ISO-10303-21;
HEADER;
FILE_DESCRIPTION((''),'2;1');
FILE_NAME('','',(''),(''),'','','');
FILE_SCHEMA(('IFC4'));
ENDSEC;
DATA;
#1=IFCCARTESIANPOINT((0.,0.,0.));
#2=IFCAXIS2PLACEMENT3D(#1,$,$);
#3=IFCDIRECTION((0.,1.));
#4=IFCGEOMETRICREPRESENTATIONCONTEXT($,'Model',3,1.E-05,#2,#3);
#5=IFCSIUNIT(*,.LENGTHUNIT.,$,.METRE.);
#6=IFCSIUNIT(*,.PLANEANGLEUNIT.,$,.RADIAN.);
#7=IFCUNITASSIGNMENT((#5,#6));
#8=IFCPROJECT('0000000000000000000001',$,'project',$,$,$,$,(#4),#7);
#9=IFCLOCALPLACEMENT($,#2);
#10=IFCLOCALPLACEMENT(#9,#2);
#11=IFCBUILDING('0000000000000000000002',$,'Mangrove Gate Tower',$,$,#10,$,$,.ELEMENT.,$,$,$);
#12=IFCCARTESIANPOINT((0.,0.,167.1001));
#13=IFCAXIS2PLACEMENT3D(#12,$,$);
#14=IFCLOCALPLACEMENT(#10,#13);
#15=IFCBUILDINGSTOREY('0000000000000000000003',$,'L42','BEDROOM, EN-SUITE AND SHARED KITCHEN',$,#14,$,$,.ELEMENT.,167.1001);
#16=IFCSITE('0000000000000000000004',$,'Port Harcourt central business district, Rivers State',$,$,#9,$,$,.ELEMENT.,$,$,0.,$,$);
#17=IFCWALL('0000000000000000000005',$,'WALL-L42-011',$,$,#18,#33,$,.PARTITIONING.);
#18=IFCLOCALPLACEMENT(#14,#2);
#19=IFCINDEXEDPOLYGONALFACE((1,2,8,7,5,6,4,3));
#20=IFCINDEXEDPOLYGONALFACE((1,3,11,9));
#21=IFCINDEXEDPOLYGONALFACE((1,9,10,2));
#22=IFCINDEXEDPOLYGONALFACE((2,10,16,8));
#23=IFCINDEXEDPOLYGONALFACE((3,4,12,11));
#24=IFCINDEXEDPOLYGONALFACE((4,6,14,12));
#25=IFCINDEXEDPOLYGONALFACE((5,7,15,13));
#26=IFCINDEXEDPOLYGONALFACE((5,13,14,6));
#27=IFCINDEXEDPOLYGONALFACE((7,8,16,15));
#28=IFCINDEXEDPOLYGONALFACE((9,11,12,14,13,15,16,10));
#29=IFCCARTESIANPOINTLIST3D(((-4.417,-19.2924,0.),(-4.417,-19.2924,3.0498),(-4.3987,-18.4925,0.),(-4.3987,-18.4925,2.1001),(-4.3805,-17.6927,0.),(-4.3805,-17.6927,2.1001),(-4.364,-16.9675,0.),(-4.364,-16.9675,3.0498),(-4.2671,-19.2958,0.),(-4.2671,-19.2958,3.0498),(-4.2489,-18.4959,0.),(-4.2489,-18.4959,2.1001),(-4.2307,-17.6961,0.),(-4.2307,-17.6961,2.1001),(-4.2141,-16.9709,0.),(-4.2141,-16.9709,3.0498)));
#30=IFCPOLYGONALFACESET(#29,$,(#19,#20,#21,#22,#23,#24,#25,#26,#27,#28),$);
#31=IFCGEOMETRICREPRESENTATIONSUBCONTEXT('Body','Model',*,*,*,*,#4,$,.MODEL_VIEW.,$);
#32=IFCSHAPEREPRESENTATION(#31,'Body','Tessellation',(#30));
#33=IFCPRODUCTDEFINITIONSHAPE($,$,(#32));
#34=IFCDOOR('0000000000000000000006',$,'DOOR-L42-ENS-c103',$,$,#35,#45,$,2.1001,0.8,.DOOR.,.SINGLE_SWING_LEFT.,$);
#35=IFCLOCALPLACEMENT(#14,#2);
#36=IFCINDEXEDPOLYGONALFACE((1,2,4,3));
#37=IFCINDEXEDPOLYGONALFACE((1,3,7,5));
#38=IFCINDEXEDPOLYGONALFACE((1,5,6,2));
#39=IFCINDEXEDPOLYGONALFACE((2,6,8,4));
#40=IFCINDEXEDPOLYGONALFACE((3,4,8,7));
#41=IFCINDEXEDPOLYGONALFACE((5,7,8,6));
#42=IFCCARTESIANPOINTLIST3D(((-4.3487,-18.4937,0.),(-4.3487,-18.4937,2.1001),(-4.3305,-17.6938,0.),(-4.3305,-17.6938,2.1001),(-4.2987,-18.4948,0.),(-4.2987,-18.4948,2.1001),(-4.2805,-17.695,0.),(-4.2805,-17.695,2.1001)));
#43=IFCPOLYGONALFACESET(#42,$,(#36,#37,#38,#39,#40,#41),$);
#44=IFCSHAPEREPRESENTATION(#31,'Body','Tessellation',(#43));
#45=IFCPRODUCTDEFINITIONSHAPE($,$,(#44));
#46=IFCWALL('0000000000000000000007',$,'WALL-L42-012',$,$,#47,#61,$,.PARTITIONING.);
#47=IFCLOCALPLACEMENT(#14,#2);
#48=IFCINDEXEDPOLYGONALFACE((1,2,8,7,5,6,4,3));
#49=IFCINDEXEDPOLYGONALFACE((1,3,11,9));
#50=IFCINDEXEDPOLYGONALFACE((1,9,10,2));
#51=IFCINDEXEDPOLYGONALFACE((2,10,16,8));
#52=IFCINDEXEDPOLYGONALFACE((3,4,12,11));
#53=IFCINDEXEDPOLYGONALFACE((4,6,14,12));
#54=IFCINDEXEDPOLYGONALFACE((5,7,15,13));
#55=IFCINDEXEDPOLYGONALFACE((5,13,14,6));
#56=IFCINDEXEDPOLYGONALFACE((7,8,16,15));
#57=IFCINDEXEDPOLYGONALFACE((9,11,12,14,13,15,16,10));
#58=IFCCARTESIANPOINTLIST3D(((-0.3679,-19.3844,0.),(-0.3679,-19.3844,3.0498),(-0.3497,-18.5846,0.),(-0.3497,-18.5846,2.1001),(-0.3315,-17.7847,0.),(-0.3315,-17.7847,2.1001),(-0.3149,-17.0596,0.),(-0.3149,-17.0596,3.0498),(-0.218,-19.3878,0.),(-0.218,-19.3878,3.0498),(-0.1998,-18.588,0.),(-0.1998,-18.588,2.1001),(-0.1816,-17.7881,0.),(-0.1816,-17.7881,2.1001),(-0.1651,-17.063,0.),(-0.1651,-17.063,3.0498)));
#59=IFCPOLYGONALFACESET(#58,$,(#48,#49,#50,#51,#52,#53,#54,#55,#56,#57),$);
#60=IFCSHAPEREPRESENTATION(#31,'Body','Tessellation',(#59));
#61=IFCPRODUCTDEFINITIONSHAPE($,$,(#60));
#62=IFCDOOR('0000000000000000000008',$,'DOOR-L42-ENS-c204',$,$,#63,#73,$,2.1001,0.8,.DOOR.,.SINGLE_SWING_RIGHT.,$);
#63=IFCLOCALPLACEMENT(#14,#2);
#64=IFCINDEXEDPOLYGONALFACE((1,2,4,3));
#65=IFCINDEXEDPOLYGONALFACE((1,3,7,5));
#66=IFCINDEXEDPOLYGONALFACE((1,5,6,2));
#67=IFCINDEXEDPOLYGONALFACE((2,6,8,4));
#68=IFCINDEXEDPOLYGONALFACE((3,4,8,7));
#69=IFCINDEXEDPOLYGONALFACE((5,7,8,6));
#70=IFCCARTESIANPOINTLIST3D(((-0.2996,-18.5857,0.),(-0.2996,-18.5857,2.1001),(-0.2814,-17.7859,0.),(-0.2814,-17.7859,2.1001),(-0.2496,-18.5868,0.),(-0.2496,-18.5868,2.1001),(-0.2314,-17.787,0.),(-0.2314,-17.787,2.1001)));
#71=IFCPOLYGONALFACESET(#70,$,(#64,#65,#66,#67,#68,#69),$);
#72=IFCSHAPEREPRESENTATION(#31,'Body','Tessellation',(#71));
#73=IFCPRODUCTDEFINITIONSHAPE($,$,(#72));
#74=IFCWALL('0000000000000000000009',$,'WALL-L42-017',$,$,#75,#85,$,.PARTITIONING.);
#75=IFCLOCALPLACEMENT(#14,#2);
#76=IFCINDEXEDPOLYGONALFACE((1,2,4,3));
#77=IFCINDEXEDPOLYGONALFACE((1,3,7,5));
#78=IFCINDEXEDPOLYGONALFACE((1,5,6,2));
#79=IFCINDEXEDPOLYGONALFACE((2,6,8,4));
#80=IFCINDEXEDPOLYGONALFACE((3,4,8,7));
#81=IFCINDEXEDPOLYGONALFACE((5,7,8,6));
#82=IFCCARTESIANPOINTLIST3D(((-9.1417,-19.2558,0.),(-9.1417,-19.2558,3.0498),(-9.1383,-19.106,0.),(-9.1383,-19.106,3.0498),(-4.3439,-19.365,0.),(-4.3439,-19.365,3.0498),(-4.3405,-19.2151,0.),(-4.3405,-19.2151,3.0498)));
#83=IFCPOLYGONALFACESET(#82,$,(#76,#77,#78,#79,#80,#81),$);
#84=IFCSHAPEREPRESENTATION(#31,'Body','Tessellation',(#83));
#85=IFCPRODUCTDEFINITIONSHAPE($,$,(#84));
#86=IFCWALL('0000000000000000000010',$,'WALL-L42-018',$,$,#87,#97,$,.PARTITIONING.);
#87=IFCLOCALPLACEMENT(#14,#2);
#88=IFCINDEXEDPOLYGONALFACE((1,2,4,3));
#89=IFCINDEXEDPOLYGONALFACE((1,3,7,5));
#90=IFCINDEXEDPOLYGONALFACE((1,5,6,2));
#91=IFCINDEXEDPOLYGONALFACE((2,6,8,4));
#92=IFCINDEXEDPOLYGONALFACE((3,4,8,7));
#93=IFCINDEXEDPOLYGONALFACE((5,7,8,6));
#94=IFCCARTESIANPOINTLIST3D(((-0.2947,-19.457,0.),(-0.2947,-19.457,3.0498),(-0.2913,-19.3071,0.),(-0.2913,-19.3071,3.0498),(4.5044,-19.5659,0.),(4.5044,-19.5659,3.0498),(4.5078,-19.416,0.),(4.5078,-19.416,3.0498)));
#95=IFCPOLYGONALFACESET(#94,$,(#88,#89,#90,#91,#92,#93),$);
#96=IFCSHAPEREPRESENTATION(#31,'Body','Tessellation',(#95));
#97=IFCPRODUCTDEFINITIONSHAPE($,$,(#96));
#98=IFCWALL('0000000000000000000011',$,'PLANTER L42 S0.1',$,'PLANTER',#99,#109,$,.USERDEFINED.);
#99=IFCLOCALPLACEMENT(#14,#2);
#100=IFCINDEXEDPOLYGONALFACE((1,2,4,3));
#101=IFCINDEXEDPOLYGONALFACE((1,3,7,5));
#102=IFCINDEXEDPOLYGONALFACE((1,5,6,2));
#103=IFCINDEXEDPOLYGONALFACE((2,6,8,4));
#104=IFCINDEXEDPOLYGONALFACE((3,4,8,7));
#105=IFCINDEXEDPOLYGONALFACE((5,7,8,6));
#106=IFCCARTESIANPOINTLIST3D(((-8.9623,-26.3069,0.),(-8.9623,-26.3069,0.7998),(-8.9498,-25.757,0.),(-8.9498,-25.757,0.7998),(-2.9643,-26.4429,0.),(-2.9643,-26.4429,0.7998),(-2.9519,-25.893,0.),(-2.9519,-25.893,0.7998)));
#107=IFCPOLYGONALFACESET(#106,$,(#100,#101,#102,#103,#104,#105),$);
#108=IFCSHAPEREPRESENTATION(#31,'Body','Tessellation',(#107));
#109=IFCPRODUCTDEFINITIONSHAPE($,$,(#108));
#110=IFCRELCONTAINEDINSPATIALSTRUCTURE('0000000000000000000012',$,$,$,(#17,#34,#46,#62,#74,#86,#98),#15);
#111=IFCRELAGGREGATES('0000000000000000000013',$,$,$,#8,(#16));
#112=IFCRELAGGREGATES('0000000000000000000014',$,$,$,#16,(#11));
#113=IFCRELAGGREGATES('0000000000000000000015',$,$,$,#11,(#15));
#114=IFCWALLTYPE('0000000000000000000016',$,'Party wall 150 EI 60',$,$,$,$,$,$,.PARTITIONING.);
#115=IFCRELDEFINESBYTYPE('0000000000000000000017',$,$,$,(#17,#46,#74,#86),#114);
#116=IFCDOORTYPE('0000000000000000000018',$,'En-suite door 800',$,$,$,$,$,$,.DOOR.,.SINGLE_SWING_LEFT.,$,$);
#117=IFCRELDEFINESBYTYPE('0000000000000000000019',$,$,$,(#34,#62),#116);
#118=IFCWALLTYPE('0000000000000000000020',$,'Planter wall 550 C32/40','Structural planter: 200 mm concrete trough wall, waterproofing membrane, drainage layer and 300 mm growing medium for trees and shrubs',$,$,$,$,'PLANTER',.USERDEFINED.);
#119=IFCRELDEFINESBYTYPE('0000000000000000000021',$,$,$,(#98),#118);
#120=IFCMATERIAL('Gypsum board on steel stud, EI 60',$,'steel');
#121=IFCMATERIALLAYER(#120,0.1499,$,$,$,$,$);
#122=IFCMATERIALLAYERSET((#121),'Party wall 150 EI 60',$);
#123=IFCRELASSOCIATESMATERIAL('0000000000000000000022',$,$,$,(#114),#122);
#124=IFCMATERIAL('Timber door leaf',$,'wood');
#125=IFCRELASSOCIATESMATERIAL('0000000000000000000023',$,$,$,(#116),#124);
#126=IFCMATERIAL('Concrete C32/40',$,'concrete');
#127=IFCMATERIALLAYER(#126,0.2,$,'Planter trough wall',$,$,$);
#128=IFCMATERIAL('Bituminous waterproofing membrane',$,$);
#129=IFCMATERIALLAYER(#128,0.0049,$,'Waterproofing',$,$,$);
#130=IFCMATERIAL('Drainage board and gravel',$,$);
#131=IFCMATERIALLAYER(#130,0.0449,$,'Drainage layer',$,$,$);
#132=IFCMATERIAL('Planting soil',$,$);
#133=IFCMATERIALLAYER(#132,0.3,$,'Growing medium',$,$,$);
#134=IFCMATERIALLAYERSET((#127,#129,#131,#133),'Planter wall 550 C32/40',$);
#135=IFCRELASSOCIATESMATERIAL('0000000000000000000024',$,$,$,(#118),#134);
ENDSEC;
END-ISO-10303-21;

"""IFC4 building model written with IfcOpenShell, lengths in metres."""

from ifc_helpers import new_model, si_unit, direction, frame, frame_2d, origin, place, context, subcontext, project, spatial, rectangle, extrude, material, layer, layer_set, type_object, element, fill, save


model = new_model("IFC4")

# Units and contexts
model_context = context("Model", 3, precision=1e-05, world=origin(), true_north=direction((0.0, 1.0)))
body_context = subcontext(model_context, "Body", "Model", "MODEL_VIEW")
ifc_project = project(units=[si_unit("LENGTHUNIT", "METRE"), si_unit("PLANEANGLEUNIT", "RADIAN")], contexts=[model_context])

# Site, building, storey
site_placement = place(None, origin())
site = spatial("IfcSite", under=ifc_project, at=site_placement, Name="Port Harcourt central business district, Rivers State", CompositionType="ELEMENT", RefElevation=0.0)
building_placement = place(site_placement, origin())
building = spatial("IfcBuilding", under=site, at=building_placement, Name="Mangrove Gate Tower", CompositionType="ELEMENT")
storey_placement = place(building_placement, frame((0.0, 0.0, 167.1001)))
storey = spatial("IfcBuildingStorey", under=building, at=storey_placement, Name="L42", Description="BEDROOM, EN-SUITE AND SHARED KITCHEN", CompositionType="ELEMENT", Elevation=167.1001)

# Shared definitions
ifc_material_1 = material(Name="Gypsum board on steel stud, EI 60", Category="steel")
ifc_layer_1 = layer(ifc_material_1, 0.1499)
ifc_layer_set_1 = layer_set([ifc_layer_1], Name="Party wall 150 EI 60")
wall_type_1 = type_object("IfcWallType", Name="Party wall 150 EI 60", PredefinedType="PARTITIONING", material=ifc_layer_set_1)

# Walls, openings, doors
ifc_material_2 = material(Name="Timber door leaf", Category="wood")
door_type = type_object("IfcDoorType", Name="En-suite door 800", OperationType="SINGLE_SWING_LEFT", PredefinedType="DOOR", material=ifc_material_2)
wall_1_placement = place(storey_placement, frame((-4.342, -19.2939, 0.0), z_axis=(0.0, 0.0, 1.0), x_axis=(0.022781, 0.99974, 0.0)))
wall_1 = element("IfcWall", 1, at=wall_1_placement, inside=storey, type_object=wall_type_1, Name="WALL-L42-011", PredefinedType="PARTITIONING", context=body_context, shape_type="SweptSolid", body=[
    extrude(rectangle(XDim=2.3254, YDim=0.1499, at=frame_2d((1.1626, 0.0))), origin(), (0.0, 0.0, 1.0), 3.0498),
])
opening_1_placement = place(wall_1_placement, frame((0.8, 0.0, 0.0)))
opening_1 = element("IfcOpeningElement", 2, at=opening_1_placement, cuts=wall_1, PredefinedType="OPENING", context=body_context, shape_type="SweptSolid", body=[
    extrude(rectangle(XDim=0.8, YDim=2.1001, at=frame_2d((0.3999, 1.05))), frame((0.0, 0.085, 0.0), z_axis=(0.0, -1.0, 0.0), x_axis=(1.0, 0.0, 0.0)), (0.0, 0.0, 1.0), 0.1699),
])
door_1_placement = place(opening_1_placement, origin())
door_1 = element("IfcDoor", 3, at=door_1_placement, inside=storey, type_object=door_type, Name="DOOR-L42-ENS-c103", OperationType="SINGLE_SWING_LEFT", OverallHeight=2.1001, OverallWidth=0.8, PredefinedType="DOOR", context=body_context, shape_type="SweptSolid", body=[
    extrude(rectangle(XDim=0.8, YDim=2.1001, at=frame_2d((0.3999, 1.05))), frame((0.0, 0.0249, 0.0), z_axis=(0.0, -1.0, 0.0), x_axis=(1.0, 0.0, 0.0)), (0.0, 0.0, 1.0), 0.05),
])
fill(opening_1, door_1)
wall_2_placement = place(storey_placement, frame((-0.293, -19.386, 0.0), z_axis=(0.0, 0.0, 1.0), x_axis=(0.022781, 0.99974, 0.0)))
wall_2 = element("IfcWall", 4, at=wall_2_placement, inside=storey, type_object=wall_type_1, Name="WALL-L42-012", PredefinedType="PARTITIONING", context=body_context, shape_type="SweptSolid", body=[
    extrude(rectangle(XDim=2.3254, YDim=0.1499, at=frame_2d((1.1626, 0.0))), origin(), (0.0, 0.0, 1.0), 3.0498),
])
opening_2_placement = place(wall_2_placement, frame((0.8, 0.0, 0.0)))
opening_2 = element("IfcOpeningElement", 5, at=opening_2_placement, cuts=wall_2, PredefinedType="OPENING", context=body_context, shape_type="SweptSolid", body=[
    extrude(rectangle(XDim=0.8, YDim=2.1001, at=frame_2d((0.3999, 1.05))), frame((0.0, 0.085, 0.0), z_axis=(0.0, -1.0, 0.0), x_axis=(1.0, 0.0, 0.0)), (0.0, 0.0, 1.0), 0.1699),
])
door_2_placement = place(opening_2_placement, origin())
door_2 = element("IfcDoor", 6, at=door_2_placement, inside=storey, type_object=door_type, Name="DOOR-L42-ENS-c204", OperationType="SINGLE_SWING_RIGHT", OverallHeight=2.1001, OverallWidth=0.8, PredefinedType="DOOR", context=body_context, shape_type="SweptSolid", body=[
    extrude(rectangle(XDim=0.8, YDim=2.1001, at=frame_2d((0.3999, 1.05))), frame((0.0, 0.0249, 0.0), z_axis=(0.0, -1.0, 0.0), x_axis=(1.0, 0.0, 0.0)), (0.0, 0.0, 1.0), 0.05),
])
fill(opening_2, door_2)

# Walls
wall_3_placement = place(storey_placement, frame((-9.1399, -19.1809, 0.0), z_axis=(0.0, 0.0, 1.0), x_axis=(0.999741, -0.02274, 0.0)))
element("IfcWall", 7, at=wall_3_placement, inside=storey, type_object=wall_type_1, Name="WALL-L42-017", PredefinedType="PARTITIONING", context=body_context, shape_type="SweptSolid", body=[
    extrude(rectangle(XDim=4.7991, YDim=0.1499, at=frame_2d((2.3994, 0.0))), origin(), (0.0, 0.0, 1.0), 3.0498),
])
wall_4_placement = place(storey_placement, frame((-0.293, -19.3821, 0.0), z_axis=(0.0, 0.0, 1.0), x_axis=(0.999743, -0.022683, 0.0)))
element("IfcWall", 8, at=wall_4_placement, inside=storey, type_object=wall_type_1, Name="WALL-L42-018", PredefinedType="PARTITIONING", context=body_context, shape_type="SweptSolid", body=[
    extrude(rectangle(XDim=4.8003, YDim=0.1499, at=frame_2d((2.4001, 0.0))), origin(), (0.0, 0.0, 1.0), 3.0498),
])
ifc_material_3 = material(Name="Concrete C32/40", Category="concrete")
ifc_layer_2 = layer(ifc_material_3, 0.2, Name="Planter trough wall")
ifc_material_4 = material(Name="Bituminous waterproofing membrane")
ifc_layer_3 = layer(ifc_material_4, 0.0049, Name="Waterproofing")
ifc_material_5 = material(Name="Drainage board and gravel")
ifc_layer_4 = layer(ifc_material_5, 0.0449, Name="Drainage layer")
ifc_material_6 = material(Name="Planting soil")
ifc_layer_5 = layer(ifc_material_6, 0.3, Name="Growing medium")
ifc_layer_set_2 = layer_set([ifc_layer_2, ifc_layer_3, ifc_layer_4, ifc_layer_5], Name="Planter wall 550 C32/40")
wall_type_2 = type_object("IfcWallType", Name="Planter wall 550 C32/40", Description="Structural planter: 200 mm concrete trough wall, waterproofing membrane, drainage layer and 300 mm growing medium for trees and shrubs", ElementType="PLANTER", PredefinedType="USERDEFINED", material=ifc_layer_set_2)
wall_5_placement = place(storey_placement, frame((-8.9561, -26.032, 0.0), z_axis=(0.0, 0.0, 1.0), x_axis=(0.999743, -0.022666, 0.0)))
element("IfcWall", 9, at=wall_5_placement, inside=storey, type_object=wall_type_2, Name="PLANTER L42 S0.1", ObjectType="PLANTER", PredefinedType="USERDEFINED", context=body_context, shape_type="SweptSolid", body=[
    extrude(rectangle(XDim=5.9995, YDim=0.55, at=frame_2d((2.9998, 0.0))), origin(), (0.0, 0.0, 1.0), 0.7998),
])

save(model, "model.ifc")
